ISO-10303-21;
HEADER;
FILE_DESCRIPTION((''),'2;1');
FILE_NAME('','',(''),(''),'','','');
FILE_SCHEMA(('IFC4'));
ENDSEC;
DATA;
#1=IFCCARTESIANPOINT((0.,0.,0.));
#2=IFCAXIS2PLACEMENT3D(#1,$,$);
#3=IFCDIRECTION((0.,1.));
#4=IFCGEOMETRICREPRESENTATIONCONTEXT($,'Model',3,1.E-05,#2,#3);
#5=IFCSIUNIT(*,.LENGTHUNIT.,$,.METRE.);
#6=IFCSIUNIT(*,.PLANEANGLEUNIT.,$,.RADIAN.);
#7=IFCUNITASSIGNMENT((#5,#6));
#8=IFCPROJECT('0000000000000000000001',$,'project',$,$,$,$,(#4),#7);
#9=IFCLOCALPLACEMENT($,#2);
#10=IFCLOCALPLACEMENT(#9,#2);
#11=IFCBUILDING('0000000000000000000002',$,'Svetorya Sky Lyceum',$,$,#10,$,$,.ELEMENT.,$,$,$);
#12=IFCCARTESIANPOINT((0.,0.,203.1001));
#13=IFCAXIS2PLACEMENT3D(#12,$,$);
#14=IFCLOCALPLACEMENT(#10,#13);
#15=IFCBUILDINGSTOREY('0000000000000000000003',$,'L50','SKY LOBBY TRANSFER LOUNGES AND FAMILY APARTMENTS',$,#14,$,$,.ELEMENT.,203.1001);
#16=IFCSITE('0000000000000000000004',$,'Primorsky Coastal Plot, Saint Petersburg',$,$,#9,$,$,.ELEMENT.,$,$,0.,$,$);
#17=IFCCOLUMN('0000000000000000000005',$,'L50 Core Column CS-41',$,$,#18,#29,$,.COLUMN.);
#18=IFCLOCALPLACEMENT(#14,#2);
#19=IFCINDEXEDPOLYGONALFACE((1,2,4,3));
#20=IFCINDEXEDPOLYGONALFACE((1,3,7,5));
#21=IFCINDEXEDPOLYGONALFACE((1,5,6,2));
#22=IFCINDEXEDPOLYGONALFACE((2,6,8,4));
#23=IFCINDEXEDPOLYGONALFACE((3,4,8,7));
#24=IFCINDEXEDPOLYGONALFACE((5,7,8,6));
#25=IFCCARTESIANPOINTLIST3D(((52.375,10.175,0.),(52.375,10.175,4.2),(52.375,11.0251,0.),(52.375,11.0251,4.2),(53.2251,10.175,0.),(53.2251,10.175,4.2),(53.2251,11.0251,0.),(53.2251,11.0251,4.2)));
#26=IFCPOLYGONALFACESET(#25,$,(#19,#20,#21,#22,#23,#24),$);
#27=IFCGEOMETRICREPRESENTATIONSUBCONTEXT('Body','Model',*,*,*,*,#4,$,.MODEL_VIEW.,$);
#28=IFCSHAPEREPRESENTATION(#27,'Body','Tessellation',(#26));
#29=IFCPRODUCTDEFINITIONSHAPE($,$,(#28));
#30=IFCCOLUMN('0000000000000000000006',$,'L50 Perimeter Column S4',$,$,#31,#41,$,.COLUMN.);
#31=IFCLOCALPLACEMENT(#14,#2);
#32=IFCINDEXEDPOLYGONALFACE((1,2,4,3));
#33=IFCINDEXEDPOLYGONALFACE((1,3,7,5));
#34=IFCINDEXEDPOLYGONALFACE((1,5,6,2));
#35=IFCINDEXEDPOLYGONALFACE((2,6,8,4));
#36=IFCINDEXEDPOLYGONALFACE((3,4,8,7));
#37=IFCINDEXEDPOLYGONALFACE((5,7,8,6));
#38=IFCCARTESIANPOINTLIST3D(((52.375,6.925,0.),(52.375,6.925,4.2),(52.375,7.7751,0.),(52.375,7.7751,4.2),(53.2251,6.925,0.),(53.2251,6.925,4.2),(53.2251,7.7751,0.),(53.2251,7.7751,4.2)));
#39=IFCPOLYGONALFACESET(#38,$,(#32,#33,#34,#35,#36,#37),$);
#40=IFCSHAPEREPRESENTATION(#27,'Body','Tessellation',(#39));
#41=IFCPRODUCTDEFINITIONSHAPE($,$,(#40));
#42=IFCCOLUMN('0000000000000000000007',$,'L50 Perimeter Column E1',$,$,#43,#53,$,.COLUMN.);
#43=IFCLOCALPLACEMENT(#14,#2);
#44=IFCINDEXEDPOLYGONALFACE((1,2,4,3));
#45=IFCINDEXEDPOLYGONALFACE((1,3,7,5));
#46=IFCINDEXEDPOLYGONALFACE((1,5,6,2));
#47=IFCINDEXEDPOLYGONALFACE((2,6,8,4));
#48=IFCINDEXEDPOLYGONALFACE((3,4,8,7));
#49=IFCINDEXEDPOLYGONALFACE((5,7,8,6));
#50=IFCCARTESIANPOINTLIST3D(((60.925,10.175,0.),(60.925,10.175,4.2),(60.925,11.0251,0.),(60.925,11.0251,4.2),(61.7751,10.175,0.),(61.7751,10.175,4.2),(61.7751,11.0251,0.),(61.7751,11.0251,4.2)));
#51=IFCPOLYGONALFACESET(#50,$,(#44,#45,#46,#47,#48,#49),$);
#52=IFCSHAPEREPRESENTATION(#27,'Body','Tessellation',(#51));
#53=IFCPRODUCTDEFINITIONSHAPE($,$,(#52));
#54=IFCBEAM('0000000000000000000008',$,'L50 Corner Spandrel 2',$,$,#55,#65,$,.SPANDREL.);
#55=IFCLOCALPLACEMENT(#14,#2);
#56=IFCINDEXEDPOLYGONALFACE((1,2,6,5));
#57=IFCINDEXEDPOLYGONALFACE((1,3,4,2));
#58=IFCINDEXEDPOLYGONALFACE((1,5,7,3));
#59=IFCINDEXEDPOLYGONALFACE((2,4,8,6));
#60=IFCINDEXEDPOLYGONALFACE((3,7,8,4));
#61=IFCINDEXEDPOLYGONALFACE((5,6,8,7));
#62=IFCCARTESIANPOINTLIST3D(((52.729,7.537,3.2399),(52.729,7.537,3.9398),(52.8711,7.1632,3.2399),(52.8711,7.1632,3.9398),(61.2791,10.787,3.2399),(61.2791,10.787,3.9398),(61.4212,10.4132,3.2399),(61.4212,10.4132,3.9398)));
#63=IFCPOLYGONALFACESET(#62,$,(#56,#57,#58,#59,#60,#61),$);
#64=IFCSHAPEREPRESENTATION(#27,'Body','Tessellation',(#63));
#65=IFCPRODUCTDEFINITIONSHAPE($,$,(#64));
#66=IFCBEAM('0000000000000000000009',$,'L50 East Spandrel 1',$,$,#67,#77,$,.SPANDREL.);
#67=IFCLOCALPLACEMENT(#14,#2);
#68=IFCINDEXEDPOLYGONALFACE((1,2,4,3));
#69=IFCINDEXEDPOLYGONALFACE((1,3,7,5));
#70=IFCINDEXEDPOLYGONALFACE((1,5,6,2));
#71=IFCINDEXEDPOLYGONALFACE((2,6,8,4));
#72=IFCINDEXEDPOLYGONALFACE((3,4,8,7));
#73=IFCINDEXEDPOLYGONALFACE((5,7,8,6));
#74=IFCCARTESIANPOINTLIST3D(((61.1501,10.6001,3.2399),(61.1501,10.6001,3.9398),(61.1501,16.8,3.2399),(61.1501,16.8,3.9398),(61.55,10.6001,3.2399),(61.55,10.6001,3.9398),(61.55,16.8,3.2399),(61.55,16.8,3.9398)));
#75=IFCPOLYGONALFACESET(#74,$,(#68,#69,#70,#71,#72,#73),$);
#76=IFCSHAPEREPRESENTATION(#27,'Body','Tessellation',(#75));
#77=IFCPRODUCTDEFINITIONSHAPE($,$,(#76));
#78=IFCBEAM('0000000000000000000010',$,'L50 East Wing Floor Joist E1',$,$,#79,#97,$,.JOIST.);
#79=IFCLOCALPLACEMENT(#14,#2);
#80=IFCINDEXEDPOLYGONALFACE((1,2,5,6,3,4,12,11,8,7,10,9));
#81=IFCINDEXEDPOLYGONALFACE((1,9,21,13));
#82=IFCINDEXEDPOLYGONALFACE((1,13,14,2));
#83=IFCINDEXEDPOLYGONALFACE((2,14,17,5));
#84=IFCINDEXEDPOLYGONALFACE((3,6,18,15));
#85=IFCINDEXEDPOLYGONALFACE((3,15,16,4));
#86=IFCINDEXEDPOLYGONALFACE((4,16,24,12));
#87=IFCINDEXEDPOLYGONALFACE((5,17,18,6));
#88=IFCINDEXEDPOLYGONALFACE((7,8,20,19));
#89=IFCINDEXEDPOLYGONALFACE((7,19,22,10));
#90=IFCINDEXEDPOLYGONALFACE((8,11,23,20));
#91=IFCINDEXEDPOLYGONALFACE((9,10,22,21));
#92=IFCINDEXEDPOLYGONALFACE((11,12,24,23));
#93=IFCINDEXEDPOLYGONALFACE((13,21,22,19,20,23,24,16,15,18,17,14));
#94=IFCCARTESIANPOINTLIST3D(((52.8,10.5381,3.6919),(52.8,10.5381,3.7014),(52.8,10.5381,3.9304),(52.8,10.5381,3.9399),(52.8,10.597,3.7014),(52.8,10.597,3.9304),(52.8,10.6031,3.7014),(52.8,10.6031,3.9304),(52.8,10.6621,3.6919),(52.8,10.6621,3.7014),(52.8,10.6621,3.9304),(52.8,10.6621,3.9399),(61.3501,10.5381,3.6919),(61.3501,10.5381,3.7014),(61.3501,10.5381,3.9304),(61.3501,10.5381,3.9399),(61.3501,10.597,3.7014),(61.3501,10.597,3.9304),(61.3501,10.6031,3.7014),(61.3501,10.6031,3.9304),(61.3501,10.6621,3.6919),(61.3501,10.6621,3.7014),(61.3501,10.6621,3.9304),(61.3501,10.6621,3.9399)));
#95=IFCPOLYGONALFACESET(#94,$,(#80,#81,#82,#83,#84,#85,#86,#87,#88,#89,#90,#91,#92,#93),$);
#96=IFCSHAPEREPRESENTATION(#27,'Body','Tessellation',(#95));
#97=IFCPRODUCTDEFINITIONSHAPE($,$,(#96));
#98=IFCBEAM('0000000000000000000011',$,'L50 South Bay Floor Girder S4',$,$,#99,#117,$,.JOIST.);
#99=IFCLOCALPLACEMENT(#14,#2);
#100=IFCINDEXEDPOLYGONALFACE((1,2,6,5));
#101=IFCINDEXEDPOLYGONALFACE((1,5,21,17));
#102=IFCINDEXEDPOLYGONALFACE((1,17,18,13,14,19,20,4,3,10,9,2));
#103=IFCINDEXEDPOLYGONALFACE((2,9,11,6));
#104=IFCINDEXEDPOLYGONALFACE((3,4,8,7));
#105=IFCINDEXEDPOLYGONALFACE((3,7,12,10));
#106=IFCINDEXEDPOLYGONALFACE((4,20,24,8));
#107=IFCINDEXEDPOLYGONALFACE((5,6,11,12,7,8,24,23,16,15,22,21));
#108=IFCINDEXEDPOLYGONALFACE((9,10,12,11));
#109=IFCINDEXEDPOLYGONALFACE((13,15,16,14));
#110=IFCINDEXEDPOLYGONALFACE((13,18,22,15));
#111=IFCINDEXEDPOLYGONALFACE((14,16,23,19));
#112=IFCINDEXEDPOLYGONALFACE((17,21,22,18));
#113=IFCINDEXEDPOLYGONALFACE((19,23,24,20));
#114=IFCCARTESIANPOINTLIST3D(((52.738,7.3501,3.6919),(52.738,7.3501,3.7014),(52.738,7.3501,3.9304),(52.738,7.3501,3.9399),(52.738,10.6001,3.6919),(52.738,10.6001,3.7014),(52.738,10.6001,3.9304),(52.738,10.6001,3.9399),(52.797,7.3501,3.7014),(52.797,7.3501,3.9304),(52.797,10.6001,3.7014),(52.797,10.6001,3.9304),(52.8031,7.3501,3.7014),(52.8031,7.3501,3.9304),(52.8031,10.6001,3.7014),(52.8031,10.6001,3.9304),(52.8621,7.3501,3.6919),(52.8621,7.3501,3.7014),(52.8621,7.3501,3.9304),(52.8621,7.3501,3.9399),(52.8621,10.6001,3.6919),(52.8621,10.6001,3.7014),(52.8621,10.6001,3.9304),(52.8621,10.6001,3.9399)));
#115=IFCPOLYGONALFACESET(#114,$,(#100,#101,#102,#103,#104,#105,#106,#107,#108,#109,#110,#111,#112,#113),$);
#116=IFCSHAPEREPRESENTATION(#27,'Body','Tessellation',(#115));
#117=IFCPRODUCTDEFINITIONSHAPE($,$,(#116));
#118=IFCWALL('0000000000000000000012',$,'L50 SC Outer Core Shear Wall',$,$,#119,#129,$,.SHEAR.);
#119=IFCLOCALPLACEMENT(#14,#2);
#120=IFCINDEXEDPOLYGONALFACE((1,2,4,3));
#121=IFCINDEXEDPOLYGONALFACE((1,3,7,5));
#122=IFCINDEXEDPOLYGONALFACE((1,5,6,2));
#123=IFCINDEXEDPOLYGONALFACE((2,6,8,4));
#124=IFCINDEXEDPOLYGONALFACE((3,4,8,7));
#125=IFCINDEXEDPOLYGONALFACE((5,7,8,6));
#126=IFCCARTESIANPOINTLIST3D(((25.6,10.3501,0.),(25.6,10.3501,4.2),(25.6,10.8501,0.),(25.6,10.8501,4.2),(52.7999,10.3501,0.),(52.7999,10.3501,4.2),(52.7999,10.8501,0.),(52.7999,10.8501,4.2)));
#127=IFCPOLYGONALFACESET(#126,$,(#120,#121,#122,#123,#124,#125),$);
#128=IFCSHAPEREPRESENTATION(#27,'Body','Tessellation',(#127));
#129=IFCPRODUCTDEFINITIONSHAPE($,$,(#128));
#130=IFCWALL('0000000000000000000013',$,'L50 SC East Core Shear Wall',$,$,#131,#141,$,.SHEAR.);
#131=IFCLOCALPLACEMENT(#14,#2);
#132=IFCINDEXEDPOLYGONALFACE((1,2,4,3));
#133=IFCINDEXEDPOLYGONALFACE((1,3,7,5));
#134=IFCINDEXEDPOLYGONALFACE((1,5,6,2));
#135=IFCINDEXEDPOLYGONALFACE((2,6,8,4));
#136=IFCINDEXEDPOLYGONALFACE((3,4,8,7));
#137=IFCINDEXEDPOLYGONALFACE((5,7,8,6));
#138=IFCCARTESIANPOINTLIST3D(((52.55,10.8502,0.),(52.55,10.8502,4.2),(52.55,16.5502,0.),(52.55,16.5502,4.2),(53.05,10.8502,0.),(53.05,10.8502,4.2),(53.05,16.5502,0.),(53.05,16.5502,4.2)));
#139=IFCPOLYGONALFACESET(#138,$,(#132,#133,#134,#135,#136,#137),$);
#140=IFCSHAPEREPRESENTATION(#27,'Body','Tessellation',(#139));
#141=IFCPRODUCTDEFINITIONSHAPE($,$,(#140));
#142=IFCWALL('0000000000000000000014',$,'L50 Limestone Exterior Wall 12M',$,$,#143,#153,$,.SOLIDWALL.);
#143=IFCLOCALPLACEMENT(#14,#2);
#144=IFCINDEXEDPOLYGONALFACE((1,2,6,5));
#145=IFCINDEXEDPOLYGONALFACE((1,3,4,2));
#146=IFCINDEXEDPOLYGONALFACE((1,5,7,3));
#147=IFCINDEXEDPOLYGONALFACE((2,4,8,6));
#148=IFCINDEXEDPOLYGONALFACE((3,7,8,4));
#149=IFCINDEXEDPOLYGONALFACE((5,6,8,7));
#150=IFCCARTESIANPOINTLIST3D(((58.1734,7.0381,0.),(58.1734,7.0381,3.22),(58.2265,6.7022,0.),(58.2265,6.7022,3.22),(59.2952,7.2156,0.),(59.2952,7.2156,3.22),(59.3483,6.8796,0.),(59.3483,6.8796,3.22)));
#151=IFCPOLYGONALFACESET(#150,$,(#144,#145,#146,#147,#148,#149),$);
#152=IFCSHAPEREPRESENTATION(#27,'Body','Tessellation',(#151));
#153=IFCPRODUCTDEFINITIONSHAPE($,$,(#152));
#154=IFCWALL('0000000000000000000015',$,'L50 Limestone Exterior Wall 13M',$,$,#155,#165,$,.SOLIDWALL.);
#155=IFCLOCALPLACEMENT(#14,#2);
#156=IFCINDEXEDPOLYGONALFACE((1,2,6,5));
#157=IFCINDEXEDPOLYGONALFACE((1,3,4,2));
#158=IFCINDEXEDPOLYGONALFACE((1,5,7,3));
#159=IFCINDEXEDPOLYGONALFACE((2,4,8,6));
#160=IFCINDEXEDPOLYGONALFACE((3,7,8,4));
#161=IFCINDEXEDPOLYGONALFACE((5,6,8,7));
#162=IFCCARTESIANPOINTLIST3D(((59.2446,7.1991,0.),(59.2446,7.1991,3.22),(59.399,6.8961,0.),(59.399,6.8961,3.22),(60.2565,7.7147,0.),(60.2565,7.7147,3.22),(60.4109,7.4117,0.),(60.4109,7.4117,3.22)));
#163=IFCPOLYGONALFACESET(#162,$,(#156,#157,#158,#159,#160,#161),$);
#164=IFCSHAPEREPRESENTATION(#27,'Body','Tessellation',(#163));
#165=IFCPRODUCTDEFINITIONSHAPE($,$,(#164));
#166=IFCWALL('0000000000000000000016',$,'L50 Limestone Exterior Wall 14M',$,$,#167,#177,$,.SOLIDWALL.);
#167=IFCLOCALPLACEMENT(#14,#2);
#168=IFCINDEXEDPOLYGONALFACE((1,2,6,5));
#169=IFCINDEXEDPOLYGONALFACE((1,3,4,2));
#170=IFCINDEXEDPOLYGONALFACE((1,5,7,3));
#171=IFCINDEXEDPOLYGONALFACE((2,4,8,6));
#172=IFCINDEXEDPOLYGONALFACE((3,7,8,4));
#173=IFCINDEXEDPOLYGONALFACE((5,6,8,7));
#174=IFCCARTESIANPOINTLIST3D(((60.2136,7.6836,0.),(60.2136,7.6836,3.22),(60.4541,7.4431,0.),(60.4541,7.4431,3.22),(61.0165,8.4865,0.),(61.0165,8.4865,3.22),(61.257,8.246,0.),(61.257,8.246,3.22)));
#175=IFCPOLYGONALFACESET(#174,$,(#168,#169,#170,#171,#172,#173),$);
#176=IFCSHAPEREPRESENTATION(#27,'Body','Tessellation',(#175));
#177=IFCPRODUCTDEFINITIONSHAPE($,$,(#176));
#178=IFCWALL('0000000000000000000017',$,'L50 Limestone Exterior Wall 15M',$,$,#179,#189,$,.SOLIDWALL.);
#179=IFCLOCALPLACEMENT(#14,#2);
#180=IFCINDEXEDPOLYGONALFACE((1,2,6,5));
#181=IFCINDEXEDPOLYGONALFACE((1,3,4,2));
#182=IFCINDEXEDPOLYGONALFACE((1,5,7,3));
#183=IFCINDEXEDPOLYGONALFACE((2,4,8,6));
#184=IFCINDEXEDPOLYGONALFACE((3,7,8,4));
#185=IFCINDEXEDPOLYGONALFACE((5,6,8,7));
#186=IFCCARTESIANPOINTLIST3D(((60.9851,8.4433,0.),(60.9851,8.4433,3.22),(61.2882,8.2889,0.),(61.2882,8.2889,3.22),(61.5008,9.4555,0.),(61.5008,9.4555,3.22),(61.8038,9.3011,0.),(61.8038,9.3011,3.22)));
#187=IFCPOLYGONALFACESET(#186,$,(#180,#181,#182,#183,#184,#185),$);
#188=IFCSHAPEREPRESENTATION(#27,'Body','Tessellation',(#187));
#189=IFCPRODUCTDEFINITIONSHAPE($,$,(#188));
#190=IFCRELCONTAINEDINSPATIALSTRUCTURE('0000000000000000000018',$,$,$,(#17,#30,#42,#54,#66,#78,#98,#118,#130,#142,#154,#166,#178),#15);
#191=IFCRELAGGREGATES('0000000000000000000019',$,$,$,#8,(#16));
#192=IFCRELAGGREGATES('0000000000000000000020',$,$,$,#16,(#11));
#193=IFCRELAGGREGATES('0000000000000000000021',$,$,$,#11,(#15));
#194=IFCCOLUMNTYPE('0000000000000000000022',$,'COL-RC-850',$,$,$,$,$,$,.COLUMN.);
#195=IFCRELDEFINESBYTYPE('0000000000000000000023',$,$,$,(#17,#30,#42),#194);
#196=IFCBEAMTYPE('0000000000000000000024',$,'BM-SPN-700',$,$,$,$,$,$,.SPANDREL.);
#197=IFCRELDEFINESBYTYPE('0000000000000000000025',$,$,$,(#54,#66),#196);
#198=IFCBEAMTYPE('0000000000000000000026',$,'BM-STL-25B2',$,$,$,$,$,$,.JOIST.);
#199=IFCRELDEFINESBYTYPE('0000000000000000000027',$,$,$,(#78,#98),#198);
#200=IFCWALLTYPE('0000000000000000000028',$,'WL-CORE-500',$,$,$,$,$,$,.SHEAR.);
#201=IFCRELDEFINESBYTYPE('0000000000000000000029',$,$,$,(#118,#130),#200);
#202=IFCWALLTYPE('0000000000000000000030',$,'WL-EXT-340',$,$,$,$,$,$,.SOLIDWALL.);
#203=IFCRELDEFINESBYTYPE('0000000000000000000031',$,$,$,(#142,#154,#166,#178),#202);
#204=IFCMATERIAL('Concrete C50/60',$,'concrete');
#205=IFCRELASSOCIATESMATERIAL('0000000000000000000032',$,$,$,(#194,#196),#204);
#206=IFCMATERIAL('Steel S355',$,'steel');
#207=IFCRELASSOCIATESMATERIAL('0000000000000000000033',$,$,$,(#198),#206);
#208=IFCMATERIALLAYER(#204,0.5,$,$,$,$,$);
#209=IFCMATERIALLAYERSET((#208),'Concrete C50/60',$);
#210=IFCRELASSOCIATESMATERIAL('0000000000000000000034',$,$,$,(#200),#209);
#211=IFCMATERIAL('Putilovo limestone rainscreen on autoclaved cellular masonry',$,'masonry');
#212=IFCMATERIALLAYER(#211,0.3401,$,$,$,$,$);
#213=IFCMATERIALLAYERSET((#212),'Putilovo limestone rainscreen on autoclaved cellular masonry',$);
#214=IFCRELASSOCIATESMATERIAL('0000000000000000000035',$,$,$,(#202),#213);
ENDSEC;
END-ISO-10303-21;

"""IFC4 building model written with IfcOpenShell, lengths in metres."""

from ifc_helpers import new_model, si_unit, direction, frame, frame_2d, origin, origin_2d, place, context, subcontext, project, spatial, rectangle, i_section, extrude, material, layer, layer_set, material_profile, profile_set, type_object, element, save


model = new_model("IFC4")

# Units and contexts
model_context = context("Model", 3, precision=1e-05, world=origin(), true_north=direction((0.0, 1.0)))
body_context = subcontext(model_context, "Body", "Model", "MODEL_VIEW")
ifc_project = project(units=[si_unit("LENGTHUNIT", "METRE"), si_unit("PLANEANGLEUNIT", "RADIAN")], contexts=[model_context])

# Site, building, storey
site_placement = place(None, origin())
site = spatial("IfcSite", under=ifc_project, at=site_placement, Name="Primorsky Coastal Plot, Saint Petersburg", CompositionType="ELEMENT", RefElevation=0.0)
building_placement = place(site_placement, origin())
building = spatial("IfcBuilding", under=site, at=building_placement, Name="Svetorya Sky Lyceum", CompositionType="ELEMENT")
storey_placement = place(building_placement, frame((0.0, 0.0, 203.1001)))
storey = spatial("IfcBuildingStorey", under=building, at=storey_placement, Name="L50", Description="SKY LOBBY TRANSFER LOUNGES AND FAMILY APARTMENTS", CompositionType="ELEMENT", Elevation=203.1001)

# Columns
ifc_material_1 = material(Name="Concrete C50/60", Category="concrete")
ifc_material_profile_1 = material_profile(ifc_material_1, rectangle(XDim=0.8501, YDim=0.8501, at=origin_2d()), Name="RC COL 850x850")
ifc_profile_set_1 = profile_set([ifc_material_profile_1], Name="Concrete C50/60")
column_type = type_object("IfcColumnType", Name="COL-RC-850", PredefinedType="COLUMN", material=ifc_profile_set_1)
for number, where, z_axis, x_axis, name in (
    (1, (52.8, 10.6001, 0.0), (0.0, 0.0, 1.0), (1.0, 0.0, 0.0), "L50 Core Column CS-41"),
    (2, (52.8, 7.3501, 0.0), (0.0, 0.0, 1.0), (1.0, 0.0, 0.0), "L50 Perimeter Column S4"),
    (3, (61.3501, 10.6001, 0.0), (0.0, 0.0, 1.0), (1.0, 0.0, 0.0), "L50 Perimeter Column E1"),
):
    element("IfcColumn", number, at=place(storey_placement, frame(where, z_axis=z_axis, x_axis=x_axis)), inside=storey, type_object=column_type, Name=name, PredefinedType="COLUMN", context=body_context, shape_type="SweptSolid", body=[
        extrude(rectangle(XDim=0.8501, YDim=0.8501, at=origin_2d()), origin(), (0.0, 0.0, 1.0), 4.2),
    ])

# Beams
ifc_material_profile_2 = material_profile(ifc_material_1, rectangle(XDim=0.3999, YDim=0.7, at=origin_2d()), Name="RC SPANDREL 400x700")
ifc_profile_set_2 = profile_set([ifc_material_profile_2], Name="Concrete C50/60")
beam_type_1 = type_object("IfcBeamType", Name="BM-SPN-700", PredefinedType="SPANDREL", material=ifc_profile_set_2)
beam_1_placement = place(storey_placement, frame((52.8, 7.3501, 3.5898), z_axis=(0.934748, 0.355312, 0.0), x_axis=(-0.355312, 0.934748, 0.0)))
element("IfcBeam", 4, at=beam_1_placement, inside=storey, type_object=beam_type_1, Name="L50 Corner Spandrel 2", PredefinedType="SPANDREL", context=body_context, shape_type="SweptSolid", body=[
    extrude(rectangle(XDim=0.3999, YDim=0.7, at=origin_2d()), origin(), (0.0, 0.0, 1.0), 9.147),
])
beam_2_placement = place(storey_placement, frame((61.3501, 10.6001, 3.5898), z_axis=(0.0, 1.0, 0.0), x_axis=(-1.0, 0.0, 0.0)))
element("IfcBeam", 5, at=beam_2_placement, inside=storey, type_object=beam_type_1, Name="L50 East Spandrel 1", PredefinedType="SPANDREL", context=body_context, shape_type="SweptSolid", body=[
    extrude(rectangle(XDim=0.3999, YDim=0.7, at=origin_2d()), origin(), (0.0, 0.0, 1.0), 6.2),
])
ifc_material_2 = material(Name="Steel S355", Category="steel")
ifc_material_profile_3 = material_profile(ifc_material_2, i_section(OverallWidth=0.124, OverallDepth=0.248, WebThickness=0.0061, FlangeThickness=0.0095, at=origin_2d()), Name="GOST 25B2")
ifc_profile_set_3 = profile_set([ifc_material_profile_3], Name="Steel S355")
beam_type_2 = type_object("IfcBeamType", Name="BM-STL-25B2", PredefinedType="JOIST", material=ifc_profile_set_3)
beam_3_placement = place(storey_placement, frame((52.8, 10.6001, 3.8159), z_axis=(1.0, 0.0, 0.0), x_axis=(0.0, 1.0, 0.0)))
element("IfcBeam", 6, at=beam_3_placement, inside=storey, type_object=beam_type_2, Name="L50 East Wing Floor Joist E1", PredefinedType="JOIST", context=body_context, shape_type="SweptSolid", body=[
    extrude(i_section(OverallWidth=0.124, OverallDepth=0.248, WebThickness=0.0061, FlangeThickness=0.0095, at=origin_2d()), origin(), (0.0, 0.0, 1.0), 8.55),
])
beam_4_placement = place(storey_placement, frame((52.8, 7.3501, 3.8159), z_axis=(0.0, 1.0, 0.0), x_axis=(-1.0, 0.0, 0.0)))
element("IfcBeam", 7, at=beam_4_placement, inside=storey, type_object=beam_type_2, Name="L50 South Bay Floor Girder S4", PredefinedType="JOIST", context=body_context, shape_type="SweptSolid", body=[
    extrude(i_section(OverallWidth=0.124, OverallDepth=0.248, WebThickness=0.0061, FlangeThickness=0.0095, at=origin_2d()), origin(), (0.0, 0.0, 1.0), 3.25),
])

# Walls
ifc_layer_1 = layer(ifc_material_1, 0.5)
ifc_layer_set_1 = layer_set([ifc_layer_1], Name="Concrete C50/60")
wall_type_1 = type_object("IfcWallType", Name="WL-CORE-500", PredefinedType="SHEAR", material=ifc_layer_set_1)
wall_1_placement = place(storey_placement, frame((52.8, 10.6001, 0.0), z_axis=(0.0, 0.0, 1.0), x_axis=(-1.0, 0.0, 0.0)))
element("IfcWall", 8, at=wall_1_placement, inside=storey, type_object=wall_type_1, Name="L50 SC Outer Core Shear Wall", PredefinedType="SHEAR", context=body_context, shape_type="SweptSolid", body=[
    extrude(rectangle(XDim=27.2, YDim=0.5, at=frame_2d((13.6001, 0.0))), origin(), (0.0, 0.0, 1.0), 4.2),
])
wall_2_placement = place(storey_placement, frame((52.8, 10.8501, 0.0), z_axis=(0.0, 0.0, 1.0), x_axis=(0.0, 1.0, 0.0)))
element("IfcWall", 9, at=wall_2_placement, inside=storey, type_object=wall_type_1, Name="L50 SC East Core Shear Wall", PredefinedType="SHEAR", context=body_context, shape_type="SweptSolid", body=[
    extrude(rectangle(XDim=5.7, YDim=0.5, at=frame_2d((2.8501, 0.0))), origin(), (0.0, 0.0, 1.0), 4.2),
])
ifc_material_3 = material(Name="Putilovo limestone rainscreen on autoclaved cellular masonry", Category="masonry")
ifc_layer_2 = layer(ifc_material_3, 0.3401)
ifc_layer_set_2 = layer_set([ifc_layer_2], Name="Putilovo limestone rainscreen on autoclaved cellular masonry")
wall_type_2 = type_object("IfcWallType", Name="WL-EXT-340", PredefinedType="SOLIDWALL", material=ifc_layer_set_2)
for number, where, z_axis, x_axis, name in (
    (10, (58.2, 6.8701, 0.0), (0.0, 0.0, 1.0), (0.987714, 0.156272, 0.0), "L50 Limestone Exterior Wall 12M"),
    (11, (59.3218, 7.0476, 0.0), (0.0, 0.0, 1.0), (0.891005, 0.453993, 0.0), "L50 Limestone Exterior Wall 13M"),
):
    element("IfcWall", number, at=place(storey_placement, frame(where, z_axis=z_axis, x_axis=x_axis)), inside=storey, type_object=wall_type_2, Name=name, PredefinedType="SOLIDWALL", context=body_context, shape_type="SweptSolid", body=[
        extrude(rectangle(XDim=1.1357, YDim=0.3401, at=frame_2d((0.5679, 0.0))), origin(), (0.0, 0.0, 1.0), 3.22),
    ])
wall_3_placement = place(storey_placement, frame((60.3337, 7.5632, 0.0), z_axis=(0.0, 0.0, 1.0), x_axis=(0.707107, 0.707107, 0.0)))
element("IfcWall", 12, at=wall_3_placement, inside=storey, type_object=wall_type_2, Name="L50 Limestone Exterior Wall 14M", PredefinedType="SOLIDWALL", context=body_context, shape_type="SweptSolid", body=[
    extrude(rectangle(XDim=1.1355, YDim=0.3401, at=frame_2d((0.5679, 0.0))), origin(), (0.0, 0.0, 1.0), 3.22),
])
wall_4_placement = place(storey_placement, frame((61.1367, 8.3662, 0.0), z_axis=(0.0, 0.0, 1.0), x_axis=(0.453906, 0.891049, 0.0)))
element("IfcWall", 13, at=wall_4_placement, inside=storey, type_object=wall_type_2, Name="L50 Limestone Exterior Wall 15M", PredefinedType="SOLIDWALL", context=body_context, shape_type="SweptSolid", body=[
    extrude(rectangle(XDim=1.136, YDim=0.3401, at=frame_2d((0.5679, 0.0))), origin(), (0.0, 0.0, 1.0), 3.22),
])

save(model, "model.ifc")
